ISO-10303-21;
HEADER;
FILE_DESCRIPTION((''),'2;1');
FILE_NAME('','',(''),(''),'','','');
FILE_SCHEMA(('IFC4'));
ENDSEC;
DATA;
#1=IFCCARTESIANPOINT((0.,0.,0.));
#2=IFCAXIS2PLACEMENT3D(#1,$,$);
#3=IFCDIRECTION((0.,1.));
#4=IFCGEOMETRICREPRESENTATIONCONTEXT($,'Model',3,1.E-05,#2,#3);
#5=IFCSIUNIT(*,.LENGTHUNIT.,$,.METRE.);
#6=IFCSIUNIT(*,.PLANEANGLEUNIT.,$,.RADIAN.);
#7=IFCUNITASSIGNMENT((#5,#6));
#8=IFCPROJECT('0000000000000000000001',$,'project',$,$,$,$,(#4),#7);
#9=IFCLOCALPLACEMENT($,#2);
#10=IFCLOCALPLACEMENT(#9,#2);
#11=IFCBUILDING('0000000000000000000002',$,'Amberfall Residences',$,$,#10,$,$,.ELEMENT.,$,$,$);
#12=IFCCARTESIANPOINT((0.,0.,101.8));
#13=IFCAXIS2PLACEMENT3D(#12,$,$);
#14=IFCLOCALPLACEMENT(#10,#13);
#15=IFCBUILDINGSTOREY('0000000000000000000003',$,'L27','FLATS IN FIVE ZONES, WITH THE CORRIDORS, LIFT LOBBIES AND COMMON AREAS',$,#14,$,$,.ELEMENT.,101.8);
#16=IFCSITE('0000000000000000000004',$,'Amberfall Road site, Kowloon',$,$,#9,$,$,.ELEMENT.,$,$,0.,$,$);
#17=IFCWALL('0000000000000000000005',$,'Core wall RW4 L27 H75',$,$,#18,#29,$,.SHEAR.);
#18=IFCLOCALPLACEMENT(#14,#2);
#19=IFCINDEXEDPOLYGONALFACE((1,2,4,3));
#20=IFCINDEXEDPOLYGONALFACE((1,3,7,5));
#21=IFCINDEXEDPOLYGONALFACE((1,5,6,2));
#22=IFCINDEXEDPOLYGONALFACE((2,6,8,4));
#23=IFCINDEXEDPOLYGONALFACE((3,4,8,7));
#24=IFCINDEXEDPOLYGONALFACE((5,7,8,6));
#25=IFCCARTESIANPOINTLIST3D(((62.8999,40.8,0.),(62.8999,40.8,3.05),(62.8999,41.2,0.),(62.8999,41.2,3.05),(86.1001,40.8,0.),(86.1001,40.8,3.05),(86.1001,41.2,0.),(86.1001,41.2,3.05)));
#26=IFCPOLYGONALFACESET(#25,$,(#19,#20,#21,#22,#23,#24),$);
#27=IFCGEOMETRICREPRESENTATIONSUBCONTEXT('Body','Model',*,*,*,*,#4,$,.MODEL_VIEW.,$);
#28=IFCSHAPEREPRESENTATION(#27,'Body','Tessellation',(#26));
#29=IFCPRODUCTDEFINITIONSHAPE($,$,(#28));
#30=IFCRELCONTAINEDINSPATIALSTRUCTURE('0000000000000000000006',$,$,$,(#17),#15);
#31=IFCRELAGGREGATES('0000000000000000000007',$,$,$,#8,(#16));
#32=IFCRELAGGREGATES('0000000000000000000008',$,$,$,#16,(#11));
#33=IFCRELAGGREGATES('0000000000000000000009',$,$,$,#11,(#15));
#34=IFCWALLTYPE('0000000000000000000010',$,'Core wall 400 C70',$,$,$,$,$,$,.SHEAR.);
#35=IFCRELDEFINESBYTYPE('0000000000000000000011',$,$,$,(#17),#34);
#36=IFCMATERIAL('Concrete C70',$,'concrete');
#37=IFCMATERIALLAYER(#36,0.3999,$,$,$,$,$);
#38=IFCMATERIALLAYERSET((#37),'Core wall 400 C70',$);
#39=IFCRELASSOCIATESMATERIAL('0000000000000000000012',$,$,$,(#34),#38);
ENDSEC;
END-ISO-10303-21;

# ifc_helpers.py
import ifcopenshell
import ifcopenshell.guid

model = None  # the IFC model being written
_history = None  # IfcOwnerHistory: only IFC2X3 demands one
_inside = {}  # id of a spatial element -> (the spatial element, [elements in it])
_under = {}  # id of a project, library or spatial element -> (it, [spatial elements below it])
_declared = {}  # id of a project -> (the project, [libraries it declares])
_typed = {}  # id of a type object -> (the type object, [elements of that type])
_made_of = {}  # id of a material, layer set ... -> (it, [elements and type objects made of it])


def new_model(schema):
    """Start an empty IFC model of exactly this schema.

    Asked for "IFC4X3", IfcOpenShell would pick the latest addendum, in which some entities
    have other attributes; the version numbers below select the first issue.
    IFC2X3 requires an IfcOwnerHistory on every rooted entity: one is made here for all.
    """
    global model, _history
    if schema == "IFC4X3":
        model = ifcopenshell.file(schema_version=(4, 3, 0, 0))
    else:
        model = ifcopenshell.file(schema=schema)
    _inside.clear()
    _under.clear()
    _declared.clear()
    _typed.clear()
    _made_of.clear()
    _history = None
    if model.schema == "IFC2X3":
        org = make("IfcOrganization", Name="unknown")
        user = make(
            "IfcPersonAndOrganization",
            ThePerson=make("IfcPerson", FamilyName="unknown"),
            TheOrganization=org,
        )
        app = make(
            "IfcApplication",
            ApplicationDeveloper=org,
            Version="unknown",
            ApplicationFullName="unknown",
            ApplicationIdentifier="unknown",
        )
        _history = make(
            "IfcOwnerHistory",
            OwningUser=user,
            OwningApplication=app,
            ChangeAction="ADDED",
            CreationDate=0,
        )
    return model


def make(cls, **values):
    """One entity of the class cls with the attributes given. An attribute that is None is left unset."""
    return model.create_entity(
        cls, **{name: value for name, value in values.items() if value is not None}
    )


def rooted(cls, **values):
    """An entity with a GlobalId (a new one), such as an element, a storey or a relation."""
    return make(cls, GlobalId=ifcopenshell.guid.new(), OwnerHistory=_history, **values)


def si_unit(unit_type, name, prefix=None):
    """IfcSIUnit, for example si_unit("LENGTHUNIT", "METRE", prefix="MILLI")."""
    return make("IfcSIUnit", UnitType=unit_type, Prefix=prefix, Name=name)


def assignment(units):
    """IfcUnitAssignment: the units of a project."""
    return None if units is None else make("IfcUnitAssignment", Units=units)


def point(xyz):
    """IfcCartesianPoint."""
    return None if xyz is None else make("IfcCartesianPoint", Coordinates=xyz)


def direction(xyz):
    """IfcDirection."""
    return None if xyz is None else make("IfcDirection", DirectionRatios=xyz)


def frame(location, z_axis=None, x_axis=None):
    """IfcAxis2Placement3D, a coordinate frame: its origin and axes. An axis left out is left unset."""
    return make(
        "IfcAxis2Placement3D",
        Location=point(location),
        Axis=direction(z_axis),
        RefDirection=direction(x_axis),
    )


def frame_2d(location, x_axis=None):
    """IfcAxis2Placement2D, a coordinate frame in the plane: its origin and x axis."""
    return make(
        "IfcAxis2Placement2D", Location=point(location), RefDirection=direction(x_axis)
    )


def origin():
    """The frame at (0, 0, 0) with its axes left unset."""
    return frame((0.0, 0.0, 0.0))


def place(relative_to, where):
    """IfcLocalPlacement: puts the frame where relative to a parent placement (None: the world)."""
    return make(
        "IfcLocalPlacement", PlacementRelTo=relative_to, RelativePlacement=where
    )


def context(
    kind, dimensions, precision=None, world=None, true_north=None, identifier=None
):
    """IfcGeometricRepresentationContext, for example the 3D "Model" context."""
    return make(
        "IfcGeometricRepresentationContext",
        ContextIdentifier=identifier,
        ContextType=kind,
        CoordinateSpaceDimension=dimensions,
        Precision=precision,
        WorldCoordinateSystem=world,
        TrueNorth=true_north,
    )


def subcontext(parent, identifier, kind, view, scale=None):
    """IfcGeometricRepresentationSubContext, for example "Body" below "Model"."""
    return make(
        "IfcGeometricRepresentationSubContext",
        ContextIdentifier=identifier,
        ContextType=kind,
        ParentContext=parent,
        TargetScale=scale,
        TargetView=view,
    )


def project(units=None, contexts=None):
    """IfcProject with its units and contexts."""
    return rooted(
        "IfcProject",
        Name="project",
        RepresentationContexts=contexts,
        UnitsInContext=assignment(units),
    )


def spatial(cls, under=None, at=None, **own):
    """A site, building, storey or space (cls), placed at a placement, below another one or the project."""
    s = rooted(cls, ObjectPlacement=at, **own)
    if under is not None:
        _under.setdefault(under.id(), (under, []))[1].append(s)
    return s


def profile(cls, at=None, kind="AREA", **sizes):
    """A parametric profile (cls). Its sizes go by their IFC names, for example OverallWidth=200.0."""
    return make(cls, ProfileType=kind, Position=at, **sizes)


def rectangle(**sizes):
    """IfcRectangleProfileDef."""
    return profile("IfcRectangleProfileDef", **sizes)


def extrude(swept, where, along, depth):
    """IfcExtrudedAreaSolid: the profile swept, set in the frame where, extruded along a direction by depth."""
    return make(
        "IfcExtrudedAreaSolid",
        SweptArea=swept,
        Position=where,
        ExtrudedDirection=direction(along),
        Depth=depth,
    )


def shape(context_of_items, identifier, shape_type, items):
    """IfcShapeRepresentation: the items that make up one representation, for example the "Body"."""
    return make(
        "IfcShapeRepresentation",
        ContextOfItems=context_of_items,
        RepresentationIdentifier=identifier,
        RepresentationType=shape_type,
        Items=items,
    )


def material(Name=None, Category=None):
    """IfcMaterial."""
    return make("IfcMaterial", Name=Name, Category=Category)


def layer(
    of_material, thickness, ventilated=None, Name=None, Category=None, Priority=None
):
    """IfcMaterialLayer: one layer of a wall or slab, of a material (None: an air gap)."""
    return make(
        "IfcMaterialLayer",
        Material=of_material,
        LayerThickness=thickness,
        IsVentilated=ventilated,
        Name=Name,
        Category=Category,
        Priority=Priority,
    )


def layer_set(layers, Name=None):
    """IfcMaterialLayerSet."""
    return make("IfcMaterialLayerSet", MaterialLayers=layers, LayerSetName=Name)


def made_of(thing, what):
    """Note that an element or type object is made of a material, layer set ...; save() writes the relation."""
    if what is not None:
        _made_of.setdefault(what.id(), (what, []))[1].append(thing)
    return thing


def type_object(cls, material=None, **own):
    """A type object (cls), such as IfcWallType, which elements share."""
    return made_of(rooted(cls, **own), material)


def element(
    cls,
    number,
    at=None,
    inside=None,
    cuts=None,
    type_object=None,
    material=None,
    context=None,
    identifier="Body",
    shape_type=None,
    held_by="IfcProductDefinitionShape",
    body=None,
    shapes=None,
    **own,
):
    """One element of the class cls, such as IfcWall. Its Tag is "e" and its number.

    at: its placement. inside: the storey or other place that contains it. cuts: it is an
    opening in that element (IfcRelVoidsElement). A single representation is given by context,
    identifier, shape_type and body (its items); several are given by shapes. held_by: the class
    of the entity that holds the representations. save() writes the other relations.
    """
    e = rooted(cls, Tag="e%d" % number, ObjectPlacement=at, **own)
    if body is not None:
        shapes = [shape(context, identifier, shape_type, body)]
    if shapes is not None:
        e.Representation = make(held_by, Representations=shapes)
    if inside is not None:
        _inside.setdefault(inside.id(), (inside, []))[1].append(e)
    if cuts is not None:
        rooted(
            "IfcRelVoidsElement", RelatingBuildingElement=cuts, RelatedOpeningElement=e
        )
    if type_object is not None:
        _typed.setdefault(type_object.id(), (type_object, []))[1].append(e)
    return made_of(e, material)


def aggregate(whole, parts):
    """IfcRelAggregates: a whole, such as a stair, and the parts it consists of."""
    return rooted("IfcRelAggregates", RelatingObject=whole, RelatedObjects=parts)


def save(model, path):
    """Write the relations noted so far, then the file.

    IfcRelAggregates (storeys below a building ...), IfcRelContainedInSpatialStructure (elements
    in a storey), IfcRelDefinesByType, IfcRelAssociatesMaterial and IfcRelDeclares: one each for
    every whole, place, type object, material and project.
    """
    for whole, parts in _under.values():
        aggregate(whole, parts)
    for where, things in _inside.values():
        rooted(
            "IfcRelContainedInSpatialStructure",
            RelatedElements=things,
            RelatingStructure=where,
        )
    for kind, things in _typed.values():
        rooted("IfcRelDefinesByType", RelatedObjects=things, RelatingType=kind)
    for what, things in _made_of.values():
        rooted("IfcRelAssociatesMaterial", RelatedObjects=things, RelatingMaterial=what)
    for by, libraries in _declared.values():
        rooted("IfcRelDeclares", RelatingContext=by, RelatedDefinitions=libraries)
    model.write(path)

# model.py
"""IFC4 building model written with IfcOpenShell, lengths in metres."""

from ifc_helpers import new_model, si_unit, direction, frame, frame_2d, origin, place, context, subcontext, project, spatial, rectangle, extrude, material, layer, layer_set, type_object, element, save


model = new_model("IFC4")

# Units and contexts
model_context = context("Model", 3, precision=1e-05, world=origin(), true_north=direction((0.0, 1.0)))
body_context = subcontext(model_context, "Body", "Model", "MODEL_VIEW")
ifc_project = project(units=[si_unit("LENGTHUNIT", "METRE"), si_unit("PLANEANGLEUNIT", "RADIAN")], contexts=[model_context])

# Site, building, storey
site_placement = place(None, origin())
site = spatial("IfcSite", under=ifc_project, at=site_placement, Name="Amberfall Road site, Kowloon", CompositionType="ELEMENT", RefElevation=0.0)
building_placement = place(site_placement, origin())
building = spatial("IfcBuilding", under=site, at=building_placement, Name="Amberfall Residences", CompositionType="ELEMENT")
storey_placement = place(building_placement, frame((0.0, 0.0, 101.8)))
storey = spatial("IfcBuildingStorey", under=building, at=storey_placement, Name="L27", Description="FLATS IN FIVE ZONES, WITH THE CORRIDORS, LIFT LOBBIES AND COMMON AREAS", CompositionType="ELEMENT", Elevation=101.8)

# Wall
ifc_material_1 = material(Name="Concrete C70", Category="concrete")
ifc_layer_1 = layer(ifc_material_1, 0.3999)
ifc_layer_set_1 = layer_set([ifc_layer_1], Name="Core wall 400 C70")
wall_type_1 = type_object("IfcWallType", Name="Core wall 400 C70", PredefinedType="SHEAR", material=ifc_layer_set_1)
wall_1_placement = place(storey_placement, frame((62.8999, 41.0, 0.0), z_axis=(0.0, 0.0, 1.0), x_axis=(1.0, 0.0, 0.0)))
element("IfcWall", 1, at=wall_1_placement, inside=storey, type_object=wall_type_1, Name="Core wall RW4 L27 H75", PredefinedType="SHEAR", context=body_context, shape_type="SweptSolid", body=[
    extrude(rectangle(XDim=23.2002, YDim=0.3999, at=frame_2d((11.6001, 0.0))), origin(), (0.0, 0.0, 1.0), 3.05),
])

save(model, "model.ifc")
